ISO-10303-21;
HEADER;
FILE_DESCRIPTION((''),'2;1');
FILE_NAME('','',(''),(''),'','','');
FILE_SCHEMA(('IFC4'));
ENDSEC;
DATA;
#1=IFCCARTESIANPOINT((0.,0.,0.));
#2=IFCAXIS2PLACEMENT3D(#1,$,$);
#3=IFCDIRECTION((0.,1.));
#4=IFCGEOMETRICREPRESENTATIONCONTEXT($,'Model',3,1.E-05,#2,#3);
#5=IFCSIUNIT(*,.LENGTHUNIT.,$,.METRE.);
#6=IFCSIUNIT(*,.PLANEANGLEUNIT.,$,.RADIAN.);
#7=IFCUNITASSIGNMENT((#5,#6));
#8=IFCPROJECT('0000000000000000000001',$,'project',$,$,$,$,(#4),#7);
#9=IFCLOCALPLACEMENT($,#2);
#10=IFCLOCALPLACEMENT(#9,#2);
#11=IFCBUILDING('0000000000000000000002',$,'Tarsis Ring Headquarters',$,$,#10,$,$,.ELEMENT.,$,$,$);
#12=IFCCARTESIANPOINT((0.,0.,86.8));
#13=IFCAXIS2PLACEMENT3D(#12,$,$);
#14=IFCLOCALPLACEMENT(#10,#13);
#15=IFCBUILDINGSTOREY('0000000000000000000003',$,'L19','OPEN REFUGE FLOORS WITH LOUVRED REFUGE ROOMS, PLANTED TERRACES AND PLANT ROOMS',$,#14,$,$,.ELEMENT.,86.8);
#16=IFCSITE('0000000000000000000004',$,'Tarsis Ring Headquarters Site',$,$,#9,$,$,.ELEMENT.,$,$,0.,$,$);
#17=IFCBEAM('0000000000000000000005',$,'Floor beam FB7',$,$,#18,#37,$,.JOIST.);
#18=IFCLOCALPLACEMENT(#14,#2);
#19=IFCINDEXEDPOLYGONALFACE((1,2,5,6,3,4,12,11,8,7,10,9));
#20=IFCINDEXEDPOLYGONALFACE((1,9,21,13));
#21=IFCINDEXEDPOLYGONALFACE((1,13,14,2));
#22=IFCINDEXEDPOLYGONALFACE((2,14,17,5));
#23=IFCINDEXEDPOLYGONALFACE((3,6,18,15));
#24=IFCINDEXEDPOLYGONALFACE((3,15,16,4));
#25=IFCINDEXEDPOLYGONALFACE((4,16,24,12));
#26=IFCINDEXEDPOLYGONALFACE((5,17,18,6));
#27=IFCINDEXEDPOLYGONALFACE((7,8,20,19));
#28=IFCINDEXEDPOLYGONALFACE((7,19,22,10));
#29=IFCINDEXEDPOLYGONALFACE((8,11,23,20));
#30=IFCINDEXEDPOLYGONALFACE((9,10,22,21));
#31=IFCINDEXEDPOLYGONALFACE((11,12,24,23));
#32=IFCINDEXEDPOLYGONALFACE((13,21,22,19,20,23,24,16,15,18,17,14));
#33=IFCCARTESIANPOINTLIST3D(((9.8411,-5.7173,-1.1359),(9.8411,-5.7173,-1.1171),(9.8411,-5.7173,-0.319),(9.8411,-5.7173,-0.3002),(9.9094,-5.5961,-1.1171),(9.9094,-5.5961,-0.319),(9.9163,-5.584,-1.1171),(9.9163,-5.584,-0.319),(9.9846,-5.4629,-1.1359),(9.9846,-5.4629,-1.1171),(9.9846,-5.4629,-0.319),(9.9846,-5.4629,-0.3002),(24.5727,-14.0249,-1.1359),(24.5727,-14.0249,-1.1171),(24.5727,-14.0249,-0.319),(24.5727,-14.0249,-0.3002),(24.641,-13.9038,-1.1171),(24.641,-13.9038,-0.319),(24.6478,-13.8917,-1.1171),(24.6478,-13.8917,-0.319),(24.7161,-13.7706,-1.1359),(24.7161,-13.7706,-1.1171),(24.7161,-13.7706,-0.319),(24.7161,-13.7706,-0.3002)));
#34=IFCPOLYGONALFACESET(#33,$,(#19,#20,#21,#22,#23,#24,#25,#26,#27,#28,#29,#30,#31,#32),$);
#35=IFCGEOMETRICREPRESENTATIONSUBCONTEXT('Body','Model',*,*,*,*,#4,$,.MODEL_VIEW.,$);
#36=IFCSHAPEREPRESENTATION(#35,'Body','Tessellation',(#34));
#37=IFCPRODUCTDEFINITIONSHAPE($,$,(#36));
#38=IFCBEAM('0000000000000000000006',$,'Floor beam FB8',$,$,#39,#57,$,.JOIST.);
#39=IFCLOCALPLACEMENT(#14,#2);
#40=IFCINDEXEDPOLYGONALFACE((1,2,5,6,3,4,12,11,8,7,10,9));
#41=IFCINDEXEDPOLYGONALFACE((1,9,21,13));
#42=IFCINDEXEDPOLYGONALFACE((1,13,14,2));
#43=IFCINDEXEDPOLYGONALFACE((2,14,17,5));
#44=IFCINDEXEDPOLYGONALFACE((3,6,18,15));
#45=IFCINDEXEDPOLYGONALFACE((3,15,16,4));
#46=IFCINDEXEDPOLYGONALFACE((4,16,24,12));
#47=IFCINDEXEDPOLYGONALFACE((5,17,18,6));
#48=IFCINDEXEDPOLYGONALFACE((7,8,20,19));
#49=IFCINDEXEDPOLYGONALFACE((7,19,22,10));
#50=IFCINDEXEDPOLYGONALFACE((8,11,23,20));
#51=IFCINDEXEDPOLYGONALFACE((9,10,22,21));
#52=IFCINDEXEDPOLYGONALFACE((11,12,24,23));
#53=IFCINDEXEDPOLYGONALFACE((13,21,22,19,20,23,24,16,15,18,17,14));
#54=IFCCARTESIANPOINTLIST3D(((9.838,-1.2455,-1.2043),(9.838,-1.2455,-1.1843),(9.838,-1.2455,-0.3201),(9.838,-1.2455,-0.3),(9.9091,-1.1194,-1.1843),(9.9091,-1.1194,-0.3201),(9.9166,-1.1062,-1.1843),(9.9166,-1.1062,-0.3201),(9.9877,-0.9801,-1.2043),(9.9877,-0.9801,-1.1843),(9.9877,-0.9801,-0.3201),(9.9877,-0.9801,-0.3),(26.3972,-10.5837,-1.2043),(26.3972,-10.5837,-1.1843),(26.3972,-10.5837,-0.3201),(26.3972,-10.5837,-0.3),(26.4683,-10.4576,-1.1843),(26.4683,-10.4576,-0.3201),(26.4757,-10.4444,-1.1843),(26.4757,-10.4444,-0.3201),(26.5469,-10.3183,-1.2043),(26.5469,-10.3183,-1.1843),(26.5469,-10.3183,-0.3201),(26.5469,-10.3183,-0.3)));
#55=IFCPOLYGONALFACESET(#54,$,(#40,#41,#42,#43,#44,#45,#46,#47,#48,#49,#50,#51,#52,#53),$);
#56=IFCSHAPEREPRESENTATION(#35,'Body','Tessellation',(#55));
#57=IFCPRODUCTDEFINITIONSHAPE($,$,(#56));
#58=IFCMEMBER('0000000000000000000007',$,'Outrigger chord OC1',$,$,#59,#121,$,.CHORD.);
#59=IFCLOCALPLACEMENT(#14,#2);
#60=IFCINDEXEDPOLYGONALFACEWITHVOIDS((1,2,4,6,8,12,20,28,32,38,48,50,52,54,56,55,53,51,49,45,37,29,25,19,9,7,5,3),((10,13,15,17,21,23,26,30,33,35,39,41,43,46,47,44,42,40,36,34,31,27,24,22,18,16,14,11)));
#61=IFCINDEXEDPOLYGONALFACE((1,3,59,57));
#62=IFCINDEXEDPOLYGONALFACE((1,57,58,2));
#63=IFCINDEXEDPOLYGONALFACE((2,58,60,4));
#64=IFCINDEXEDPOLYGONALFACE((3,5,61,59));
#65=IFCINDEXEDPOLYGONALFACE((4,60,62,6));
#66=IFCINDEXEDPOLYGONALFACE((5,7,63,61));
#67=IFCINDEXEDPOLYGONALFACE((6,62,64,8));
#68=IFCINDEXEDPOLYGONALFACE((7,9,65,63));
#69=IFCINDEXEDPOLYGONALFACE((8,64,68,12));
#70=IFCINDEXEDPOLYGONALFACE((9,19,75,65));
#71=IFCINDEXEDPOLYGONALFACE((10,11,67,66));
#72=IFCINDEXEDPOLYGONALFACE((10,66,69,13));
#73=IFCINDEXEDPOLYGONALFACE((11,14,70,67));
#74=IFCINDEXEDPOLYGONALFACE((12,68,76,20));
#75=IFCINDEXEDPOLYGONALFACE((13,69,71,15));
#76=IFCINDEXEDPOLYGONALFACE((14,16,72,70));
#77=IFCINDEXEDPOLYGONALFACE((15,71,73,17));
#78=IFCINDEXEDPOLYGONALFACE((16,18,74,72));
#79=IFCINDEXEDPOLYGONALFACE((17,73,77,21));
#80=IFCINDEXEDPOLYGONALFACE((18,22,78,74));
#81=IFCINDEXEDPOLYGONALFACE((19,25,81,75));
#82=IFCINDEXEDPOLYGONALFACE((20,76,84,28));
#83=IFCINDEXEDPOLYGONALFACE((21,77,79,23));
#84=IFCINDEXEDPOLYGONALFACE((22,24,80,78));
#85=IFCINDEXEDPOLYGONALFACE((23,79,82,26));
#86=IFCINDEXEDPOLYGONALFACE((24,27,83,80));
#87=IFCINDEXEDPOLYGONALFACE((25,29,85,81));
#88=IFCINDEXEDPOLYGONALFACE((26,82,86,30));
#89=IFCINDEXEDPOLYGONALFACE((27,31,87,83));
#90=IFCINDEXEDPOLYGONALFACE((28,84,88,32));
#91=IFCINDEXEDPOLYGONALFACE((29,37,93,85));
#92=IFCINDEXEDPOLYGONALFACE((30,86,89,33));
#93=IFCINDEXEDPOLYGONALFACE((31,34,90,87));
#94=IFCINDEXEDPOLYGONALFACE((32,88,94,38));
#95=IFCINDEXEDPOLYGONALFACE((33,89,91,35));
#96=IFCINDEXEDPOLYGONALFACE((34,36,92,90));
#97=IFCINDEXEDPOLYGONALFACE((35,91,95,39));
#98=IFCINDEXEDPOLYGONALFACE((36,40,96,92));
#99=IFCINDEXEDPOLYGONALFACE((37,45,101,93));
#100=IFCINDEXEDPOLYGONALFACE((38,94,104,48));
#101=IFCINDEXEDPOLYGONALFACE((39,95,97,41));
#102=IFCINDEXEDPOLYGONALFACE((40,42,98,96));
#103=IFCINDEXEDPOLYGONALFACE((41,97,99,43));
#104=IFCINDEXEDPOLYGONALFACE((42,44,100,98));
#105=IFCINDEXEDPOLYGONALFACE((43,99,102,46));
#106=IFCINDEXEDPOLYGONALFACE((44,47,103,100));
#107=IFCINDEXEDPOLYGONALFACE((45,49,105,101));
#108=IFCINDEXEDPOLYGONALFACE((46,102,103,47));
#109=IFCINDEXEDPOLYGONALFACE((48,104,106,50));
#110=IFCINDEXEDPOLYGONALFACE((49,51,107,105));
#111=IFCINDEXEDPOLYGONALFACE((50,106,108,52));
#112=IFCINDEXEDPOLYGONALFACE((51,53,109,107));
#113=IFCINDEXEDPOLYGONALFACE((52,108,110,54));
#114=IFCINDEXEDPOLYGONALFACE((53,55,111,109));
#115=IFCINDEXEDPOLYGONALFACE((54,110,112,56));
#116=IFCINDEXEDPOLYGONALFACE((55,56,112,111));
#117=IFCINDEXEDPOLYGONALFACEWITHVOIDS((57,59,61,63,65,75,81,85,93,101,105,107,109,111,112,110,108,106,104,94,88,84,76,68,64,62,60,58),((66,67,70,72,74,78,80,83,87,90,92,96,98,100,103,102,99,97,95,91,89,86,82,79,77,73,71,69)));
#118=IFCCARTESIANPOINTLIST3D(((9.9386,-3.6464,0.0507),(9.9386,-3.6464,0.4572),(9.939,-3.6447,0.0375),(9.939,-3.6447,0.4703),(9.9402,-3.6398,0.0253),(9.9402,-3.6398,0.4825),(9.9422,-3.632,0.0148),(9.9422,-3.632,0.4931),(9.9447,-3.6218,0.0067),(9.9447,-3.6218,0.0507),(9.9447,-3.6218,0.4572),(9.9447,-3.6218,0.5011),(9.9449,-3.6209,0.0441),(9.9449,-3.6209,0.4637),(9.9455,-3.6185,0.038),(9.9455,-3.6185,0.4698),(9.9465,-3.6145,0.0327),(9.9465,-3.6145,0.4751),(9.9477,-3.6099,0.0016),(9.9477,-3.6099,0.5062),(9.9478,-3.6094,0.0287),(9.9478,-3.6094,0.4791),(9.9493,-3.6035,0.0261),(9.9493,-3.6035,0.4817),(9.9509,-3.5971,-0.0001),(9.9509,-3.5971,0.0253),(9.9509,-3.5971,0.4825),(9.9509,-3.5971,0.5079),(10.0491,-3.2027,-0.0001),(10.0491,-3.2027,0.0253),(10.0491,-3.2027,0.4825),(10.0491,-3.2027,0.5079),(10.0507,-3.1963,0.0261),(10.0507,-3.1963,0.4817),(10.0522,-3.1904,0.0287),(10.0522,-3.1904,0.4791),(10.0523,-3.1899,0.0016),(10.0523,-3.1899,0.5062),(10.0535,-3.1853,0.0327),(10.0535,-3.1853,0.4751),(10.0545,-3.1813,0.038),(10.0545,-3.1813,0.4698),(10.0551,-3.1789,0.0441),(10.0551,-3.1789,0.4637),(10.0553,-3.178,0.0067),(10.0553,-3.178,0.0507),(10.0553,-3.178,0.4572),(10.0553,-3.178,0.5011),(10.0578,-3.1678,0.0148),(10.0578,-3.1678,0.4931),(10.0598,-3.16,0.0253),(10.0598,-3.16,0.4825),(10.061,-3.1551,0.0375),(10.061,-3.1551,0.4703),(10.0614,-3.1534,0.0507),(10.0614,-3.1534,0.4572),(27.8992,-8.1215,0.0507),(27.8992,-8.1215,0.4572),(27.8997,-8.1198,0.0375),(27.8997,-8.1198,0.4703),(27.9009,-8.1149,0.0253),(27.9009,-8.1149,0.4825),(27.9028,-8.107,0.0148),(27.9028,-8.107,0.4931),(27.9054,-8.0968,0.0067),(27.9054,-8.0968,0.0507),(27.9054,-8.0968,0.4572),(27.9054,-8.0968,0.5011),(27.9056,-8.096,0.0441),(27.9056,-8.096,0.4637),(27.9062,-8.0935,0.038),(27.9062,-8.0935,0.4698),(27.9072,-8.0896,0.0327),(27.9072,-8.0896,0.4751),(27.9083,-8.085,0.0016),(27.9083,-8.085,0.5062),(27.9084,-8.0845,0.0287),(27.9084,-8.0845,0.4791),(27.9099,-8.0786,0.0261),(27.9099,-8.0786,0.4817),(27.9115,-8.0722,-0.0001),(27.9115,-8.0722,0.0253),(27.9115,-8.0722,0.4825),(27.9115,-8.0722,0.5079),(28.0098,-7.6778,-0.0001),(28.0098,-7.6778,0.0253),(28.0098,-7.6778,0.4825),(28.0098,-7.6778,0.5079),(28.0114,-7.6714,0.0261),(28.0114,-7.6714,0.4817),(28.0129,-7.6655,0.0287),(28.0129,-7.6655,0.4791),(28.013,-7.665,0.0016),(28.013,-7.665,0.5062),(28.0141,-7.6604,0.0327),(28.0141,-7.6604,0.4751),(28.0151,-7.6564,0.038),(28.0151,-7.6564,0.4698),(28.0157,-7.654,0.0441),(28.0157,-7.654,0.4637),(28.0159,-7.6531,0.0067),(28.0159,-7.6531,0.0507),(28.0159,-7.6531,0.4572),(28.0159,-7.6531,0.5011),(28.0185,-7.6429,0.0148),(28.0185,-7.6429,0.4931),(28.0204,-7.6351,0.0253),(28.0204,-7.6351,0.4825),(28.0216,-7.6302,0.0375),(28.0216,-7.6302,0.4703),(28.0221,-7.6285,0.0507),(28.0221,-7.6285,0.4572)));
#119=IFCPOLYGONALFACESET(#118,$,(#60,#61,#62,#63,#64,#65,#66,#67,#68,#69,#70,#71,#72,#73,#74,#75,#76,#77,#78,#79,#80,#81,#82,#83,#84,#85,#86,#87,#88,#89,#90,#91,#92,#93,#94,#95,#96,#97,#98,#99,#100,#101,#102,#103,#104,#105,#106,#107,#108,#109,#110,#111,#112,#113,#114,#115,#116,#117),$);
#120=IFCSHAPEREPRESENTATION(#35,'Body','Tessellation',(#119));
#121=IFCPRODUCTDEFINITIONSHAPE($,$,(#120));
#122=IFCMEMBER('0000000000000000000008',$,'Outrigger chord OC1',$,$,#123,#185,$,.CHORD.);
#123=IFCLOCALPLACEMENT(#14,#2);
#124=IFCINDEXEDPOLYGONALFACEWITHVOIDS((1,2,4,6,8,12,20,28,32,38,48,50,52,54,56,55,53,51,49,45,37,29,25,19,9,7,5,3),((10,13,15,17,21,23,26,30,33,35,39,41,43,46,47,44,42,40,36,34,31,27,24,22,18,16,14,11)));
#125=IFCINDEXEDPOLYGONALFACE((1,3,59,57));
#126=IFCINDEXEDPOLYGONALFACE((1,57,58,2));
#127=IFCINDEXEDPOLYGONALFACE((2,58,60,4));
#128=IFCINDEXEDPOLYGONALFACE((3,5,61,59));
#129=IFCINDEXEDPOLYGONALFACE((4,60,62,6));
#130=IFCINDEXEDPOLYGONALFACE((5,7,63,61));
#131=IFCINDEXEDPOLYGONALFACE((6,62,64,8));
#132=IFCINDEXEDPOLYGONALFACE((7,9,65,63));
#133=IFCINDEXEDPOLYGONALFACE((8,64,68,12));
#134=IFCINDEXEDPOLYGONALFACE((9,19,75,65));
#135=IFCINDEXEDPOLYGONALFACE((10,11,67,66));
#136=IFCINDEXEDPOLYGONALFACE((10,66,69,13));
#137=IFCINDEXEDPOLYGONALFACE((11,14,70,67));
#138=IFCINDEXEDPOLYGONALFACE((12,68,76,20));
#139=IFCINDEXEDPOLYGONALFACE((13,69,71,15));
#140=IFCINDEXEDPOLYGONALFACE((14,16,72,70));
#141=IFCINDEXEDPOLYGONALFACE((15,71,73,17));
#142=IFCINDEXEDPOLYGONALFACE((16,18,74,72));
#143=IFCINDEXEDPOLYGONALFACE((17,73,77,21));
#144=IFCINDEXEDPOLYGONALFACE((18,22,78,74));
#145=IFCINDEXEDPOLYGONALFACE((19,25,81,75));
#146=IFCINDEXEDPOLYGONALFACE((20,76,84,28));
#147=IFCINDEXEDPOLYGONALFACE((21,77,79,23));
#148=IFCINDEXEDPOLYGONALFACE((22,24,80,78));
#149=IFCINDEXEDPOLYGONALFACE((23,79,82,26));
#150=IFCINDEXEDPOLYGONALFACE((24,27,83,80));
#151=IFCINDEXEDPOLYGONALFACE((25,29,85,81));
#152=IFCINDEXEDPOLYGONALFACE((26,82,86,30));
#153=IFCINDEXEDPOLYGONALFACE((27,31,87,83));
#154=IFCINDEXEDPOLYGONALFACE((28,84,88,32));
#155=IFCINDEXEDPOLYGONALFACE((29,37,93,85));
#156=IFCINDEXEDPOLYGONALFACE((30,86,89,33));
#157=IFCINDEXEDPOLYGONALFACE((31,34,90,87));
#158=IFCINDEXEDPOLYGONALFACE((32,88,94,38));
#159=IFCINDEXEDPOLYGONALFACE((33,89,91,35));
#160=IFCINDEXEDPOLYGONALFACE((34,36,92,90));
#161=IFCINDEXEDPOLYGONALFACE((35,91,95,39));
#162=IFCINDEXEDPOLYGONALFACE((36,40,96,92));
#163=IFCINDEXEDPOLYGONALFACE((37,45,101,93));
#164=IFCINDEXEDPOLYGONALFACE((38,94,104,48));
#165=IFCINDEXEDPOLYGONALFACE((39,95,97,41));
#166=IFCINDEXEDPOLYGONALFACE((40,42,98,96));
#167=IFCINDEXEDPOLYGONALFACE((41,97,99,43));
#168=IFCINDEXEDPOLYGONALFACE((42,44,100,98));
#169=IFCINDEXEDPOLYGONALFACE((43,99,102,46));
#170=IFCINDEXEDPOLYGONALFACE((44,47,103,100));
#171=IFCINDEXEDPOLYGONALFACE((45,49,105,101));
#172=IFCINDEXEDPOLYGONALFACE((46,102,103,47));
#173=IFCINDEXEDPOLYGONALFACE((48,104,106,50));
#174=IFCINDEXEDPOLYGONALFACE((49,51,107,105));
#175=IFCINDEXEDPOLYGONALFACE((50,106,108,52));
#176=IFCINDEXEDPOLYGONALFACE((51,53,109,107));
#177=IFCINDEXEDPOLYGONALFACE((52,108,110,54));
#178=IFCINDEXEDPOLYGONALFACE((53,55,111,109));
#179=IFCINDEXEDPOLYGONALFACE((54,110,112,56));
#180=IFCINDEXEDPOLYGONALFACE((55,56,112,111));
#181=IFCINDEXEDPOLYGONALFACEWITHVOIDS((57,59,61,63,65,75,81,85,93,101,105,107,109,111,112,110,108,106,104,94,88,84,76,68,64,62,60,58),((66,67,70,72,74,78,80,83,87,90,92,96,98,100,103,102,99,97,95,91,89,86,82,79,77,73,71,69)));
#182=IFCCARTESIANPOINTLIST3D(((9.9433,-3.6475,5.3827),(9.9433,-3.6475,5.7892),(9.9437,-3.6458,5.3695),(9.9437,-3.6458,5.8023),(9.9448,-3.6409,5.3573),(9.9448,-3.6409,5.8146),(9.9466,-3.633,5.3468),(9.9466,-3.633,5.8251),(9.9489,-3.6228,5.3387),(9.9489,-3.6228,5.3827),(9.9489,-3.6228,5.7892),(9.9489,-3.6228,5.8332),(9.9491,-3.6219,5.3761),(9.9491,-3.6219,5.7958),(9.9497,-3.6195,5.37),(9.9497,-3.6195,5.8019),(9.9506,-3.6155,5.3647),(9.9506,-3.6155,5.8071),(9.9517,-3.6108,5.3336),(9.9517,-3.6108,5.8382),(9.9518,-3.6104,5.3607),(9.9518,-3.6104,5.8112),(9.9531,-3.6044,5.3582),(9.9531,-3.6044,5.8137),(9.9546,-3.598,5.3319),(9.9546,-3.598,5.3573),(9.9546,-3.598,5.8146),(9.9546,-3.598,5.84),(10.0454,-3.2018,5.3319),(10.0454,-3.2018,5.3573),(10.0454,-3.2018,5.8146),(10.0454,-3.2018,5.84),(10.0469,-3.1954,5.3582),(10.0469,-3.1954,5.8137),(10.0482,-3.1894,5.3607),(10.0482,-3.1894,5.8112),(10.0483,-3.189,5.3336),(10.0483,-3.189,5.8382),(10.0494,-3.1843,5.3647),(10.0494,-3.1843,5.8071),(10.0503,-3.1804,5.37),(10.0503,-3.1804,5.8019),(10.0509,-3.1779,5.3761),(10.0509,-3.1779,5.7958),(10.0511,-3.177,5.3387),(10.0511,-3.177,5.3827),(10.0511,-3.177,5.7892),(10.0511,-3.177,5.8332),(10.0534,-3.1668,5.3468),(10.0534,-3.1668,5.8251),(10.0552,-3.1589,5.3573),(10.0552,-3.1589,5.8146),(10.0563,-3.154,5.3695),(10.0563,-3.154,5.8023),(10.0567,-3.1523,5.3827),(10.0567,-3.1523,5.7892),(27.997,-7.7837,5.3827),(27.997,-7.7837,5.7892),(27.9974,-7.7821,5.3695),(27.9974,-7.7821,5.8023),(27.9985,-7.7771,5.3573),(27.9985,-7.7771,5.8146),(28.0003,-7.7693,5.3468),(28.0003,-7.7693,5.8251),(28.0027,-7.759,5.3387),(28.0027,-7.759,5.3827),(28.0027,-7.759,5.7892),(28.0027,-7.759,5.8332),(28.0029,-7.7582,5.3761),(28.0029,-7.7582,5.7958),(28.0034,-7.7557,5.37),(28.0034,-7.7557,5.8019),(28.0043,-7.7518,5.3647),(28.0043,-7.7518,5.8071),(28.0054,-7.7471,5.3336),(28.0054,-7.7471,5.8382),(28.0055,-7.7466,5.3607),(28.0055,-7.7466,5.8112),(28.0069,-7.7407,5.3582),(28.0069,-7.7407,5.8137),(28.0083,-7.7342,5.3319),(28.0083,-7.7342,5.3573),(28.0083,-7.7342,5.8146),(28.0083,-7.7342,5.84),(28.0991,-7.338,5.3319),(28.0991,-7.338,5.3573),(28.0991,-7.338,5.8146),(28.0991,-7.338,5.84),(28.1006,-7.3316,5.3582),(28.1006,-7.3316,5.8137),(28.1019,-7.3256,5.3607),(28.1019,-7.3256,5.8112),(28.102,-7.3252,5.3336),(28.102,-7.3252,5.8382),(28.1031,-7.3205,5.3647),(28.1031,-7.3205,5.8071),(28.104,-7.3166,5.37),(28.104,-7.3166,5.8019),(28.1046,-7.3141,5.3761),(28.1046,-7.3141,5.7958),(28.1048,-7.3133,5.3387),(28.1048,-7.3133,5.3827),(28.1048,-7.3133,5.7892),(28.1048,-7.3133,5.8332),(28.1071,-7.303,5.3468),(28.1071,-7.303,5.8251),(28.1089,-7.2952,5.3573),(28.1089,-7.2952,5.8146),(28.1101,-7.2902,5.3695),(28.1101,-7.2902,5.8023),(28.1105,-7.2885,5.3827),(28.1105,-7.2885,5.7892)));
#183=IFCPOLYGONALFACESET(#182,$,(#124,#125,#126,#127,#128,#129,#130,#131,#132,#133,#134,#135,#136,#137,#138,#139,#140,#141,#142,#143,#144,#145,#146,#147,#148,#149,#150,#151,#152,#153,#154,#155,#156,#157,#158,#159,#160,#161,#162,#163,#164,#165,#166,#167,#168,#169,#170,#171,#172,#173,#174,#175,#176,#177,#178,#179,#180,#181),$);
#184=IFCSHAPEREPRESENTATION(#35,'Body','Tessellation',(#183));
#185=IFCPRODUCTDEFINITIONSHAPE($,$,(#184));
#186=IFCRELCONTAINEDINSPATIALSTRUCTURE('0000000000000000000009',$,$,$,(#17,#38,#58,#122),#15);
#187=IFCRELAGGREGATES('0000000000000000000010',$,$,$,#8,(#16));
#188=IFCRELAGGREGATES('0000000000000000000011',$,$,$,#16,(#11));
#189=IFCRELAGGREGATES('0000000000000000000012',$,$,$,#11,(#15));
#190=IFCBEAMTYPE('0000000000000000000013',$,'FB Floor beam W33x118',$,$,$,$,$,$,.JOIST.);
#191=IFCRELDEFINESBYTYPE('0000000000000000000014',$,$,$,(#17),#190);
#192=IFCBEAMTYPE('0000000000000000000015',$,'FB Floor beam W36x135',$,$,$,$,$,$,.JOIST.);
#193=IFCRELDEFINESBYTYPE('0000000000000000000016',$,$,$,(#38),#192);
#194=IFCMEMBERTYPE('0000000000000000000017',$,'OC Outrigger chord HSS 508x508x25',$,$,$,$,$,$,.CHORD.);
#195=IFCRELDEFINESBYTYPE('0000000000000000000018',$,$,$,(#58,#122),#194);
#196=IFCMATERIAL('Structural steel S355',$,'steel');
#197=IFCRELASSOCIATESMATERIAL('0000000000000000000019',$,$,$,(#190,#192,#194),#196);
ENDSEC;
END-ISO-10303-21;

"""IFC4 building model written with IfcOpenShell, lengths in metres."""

from ifc_helpers import new_model, si_unit, direction, frame, origin, origin_2d, place, context, subcontext, project, spatial, hollow_rectangle, i_section, extrude, material, material_profile, profile_set, type_object, element, save


model = new_model("IFC4")

# Units and contexts
model_context = context("Model", 3, precision=1e-05, world=origin(), true_north=direction((0.0, 1.0)))
body_context = subcontext(model_context, "Body", "Model", "MODEL_VIEW")
ifc_project = project(units=[si_unit("LENGTHUNIT", "METRE"), si_unit("PLANEANGLEUNIT", "RADIAN")], contexts=[model_context])

# Site, building, storey
site_placement = place(None, origin())
site = spatial("IfcSite", under=ifc_project, at=site_placement, Name="Tarsis Ring Headquarters Site", CompositionType="ELEMENT", RefElevation=0.0)
building_placement = place(site_placement, origin())
building = spatial("IfcBuilding", under=site, at=building_placement, Name="Tarsis Ring Headquarters", CompositionType="ELEMENT")
storey_placement = place(building_placement, frame((0.0, 0.0, 86.8)))
storey = spatial("IfcBuildingStorey", under=building, at=storey_placement, Name="L19", Description="OPEN REFUGE FLOORS WITH LOUVRED REFUGE ROOMS, PLANTED TERRACES AND PLANT ROOMS", CompositionType="ELEMENT", Elevation=86.8)

# Beams
ifc_material_1 = material(Name="Structural steel S355", Category="steel")
ifc_material_profile_1 = material_profile(ifc_material_1, i_section(OverallWidth=0.292, OverallDepth=0.8357, WebThickness=0.0139, FlangeThickness=0.0188, at=origin_2d()), Name="W33x118")
ifc_profile_set_1 = profile_set([ifc_material_profile_1], Name="Structural steel S355")
beam_type_1 = type_object("IfcBeamType", Name="FB Floor beam W33x118", PredefinedType="JOIST", material=ifc_profile_set_1)
beam_1_placement = place(storey_placement, frame((9.9128, -5.5901, -0.718), z_axis=(0.87104, -0.491212, 0.0), x_axis=(0.491212, 0.87104, 0.0)))
element("IfcBeam", 1, at=beam_1_placement, inside=storey, type_object=beam_type_1, Name="Floor beam FB7", PredefinedType="JOIST", context=body_context, shape_type="SweptSolid", body=[
    extrude(i_section(OverallWidth=0.292, OverallDepth=0.8357, WebThickness=0.0139, FlangeThickness=0.0188, at=origin_2d()), origin(), (0.0, 0.0, 1.0), 16.9126),
])
ifc_material_profile_2 = material_profile(ifc_material_1, i_section(OverallWidth=0.3047, OverallDepth=0.9043, WebThickness=0.0151, FlangeThickness=0.02, at=origin_2d()), Name="W36x135")
ifc_profile_set_2 = profile_set([ifc_material_profile_2], Name="Structural steel S355")
beam_type_2 = type_object("IfcBeamType", Name="FB Floor beam W36x135", PredefinedType="JOIST", material=ifc_profile_set_2)
beam_2_placement = place(storey_placement, frame((9.9128, -1.1128, -0.7522), z_axis=(0.871043, -0.491206, 0.0), x_axis=(0.491206, 0.871043, 0.0)))
element("IfcBeam", 2, at=beam_2_placement, inside=storey, type_object=beam_type_2, Name="Floor beam FB8", PredefinedType="JOIST", context=body_context, shape_type="SweptSolid", body=[
    extrude(i_section(OverallWidth=0.3047, OverallDepth=0.9043, WebThickness=0.0151, FlangeThickness=0.02, at=origin_2d()), origin(), (0.0, 0.0, 1.0), 19.0107),
])

# Members
ifc_material_profile_3 = material_profile(ifc_material_1, hollow_rectangle(XDim=0.5081, YDim=0.5081, WallThickness=0.0254, InnerFilletRadius=0.0254, OuterFilletRadius=0.0508, at=origin_2d()), Name="HSS 508x508x25")
ifc_profile_set_3 = profile_set([ifc_material_profile_3], Name="Structural steel S355")
member_type_1 = type_object("IfcMemberType", Name="OC Outrigger chord HSS 508x508x25", PredefinedType="CHORD", material=ifc_profile_set_3)
member_1_placement = place(storey_placement, frame((10.0, -3.3999, 0.2539), z_axis=(0.970334, -0.241769, 0.0), x_axis=(0.241769, 0.970334, 0.0)))
element("IfcMember", 3, at=member_1_placement, inside=storey, type_object=member_type_1, Name="Outrigger chord OC1", PredefinedType="CHORD", context=body_context, shape_type="SweptSolid", body=[
    extrude(hollow_rectangle(XDim=0.5081, YDim=0.5081, WallThickness=0.0254, InnerFilletRadius=0.0254, OuterFilletRadius=0.0508, at=origin_2d()), origin(), (0.0, 0.0, 1.0), 18.5098),
])
member_2_placement = place(storey_placement, frame((10.0, -3.3999, 5.5859), z_axis=(0.974745, -0.223321, 0.0), x_axis=(0.223321, 0.974745, 0.0)))
element("IfcMember", 4, at=member_2_placement, inside=storey, type_object=member_type_1, Name="Outrigger chord OC1", PredefinedType="CHORD", context=body_context, shape_type="SweptSolid", body=[
    extrude(hollow_rectangle(XDim=0.5081, YDim=0.5081, WallThickness=0.0254, InnerFilletRadius=0.0254, OuterFilletRadius=0.0508, at=origin_2d()), origin(), (0.0, 0.0, 1.0), 18.5215),
])

save(model, "model.ifc")
